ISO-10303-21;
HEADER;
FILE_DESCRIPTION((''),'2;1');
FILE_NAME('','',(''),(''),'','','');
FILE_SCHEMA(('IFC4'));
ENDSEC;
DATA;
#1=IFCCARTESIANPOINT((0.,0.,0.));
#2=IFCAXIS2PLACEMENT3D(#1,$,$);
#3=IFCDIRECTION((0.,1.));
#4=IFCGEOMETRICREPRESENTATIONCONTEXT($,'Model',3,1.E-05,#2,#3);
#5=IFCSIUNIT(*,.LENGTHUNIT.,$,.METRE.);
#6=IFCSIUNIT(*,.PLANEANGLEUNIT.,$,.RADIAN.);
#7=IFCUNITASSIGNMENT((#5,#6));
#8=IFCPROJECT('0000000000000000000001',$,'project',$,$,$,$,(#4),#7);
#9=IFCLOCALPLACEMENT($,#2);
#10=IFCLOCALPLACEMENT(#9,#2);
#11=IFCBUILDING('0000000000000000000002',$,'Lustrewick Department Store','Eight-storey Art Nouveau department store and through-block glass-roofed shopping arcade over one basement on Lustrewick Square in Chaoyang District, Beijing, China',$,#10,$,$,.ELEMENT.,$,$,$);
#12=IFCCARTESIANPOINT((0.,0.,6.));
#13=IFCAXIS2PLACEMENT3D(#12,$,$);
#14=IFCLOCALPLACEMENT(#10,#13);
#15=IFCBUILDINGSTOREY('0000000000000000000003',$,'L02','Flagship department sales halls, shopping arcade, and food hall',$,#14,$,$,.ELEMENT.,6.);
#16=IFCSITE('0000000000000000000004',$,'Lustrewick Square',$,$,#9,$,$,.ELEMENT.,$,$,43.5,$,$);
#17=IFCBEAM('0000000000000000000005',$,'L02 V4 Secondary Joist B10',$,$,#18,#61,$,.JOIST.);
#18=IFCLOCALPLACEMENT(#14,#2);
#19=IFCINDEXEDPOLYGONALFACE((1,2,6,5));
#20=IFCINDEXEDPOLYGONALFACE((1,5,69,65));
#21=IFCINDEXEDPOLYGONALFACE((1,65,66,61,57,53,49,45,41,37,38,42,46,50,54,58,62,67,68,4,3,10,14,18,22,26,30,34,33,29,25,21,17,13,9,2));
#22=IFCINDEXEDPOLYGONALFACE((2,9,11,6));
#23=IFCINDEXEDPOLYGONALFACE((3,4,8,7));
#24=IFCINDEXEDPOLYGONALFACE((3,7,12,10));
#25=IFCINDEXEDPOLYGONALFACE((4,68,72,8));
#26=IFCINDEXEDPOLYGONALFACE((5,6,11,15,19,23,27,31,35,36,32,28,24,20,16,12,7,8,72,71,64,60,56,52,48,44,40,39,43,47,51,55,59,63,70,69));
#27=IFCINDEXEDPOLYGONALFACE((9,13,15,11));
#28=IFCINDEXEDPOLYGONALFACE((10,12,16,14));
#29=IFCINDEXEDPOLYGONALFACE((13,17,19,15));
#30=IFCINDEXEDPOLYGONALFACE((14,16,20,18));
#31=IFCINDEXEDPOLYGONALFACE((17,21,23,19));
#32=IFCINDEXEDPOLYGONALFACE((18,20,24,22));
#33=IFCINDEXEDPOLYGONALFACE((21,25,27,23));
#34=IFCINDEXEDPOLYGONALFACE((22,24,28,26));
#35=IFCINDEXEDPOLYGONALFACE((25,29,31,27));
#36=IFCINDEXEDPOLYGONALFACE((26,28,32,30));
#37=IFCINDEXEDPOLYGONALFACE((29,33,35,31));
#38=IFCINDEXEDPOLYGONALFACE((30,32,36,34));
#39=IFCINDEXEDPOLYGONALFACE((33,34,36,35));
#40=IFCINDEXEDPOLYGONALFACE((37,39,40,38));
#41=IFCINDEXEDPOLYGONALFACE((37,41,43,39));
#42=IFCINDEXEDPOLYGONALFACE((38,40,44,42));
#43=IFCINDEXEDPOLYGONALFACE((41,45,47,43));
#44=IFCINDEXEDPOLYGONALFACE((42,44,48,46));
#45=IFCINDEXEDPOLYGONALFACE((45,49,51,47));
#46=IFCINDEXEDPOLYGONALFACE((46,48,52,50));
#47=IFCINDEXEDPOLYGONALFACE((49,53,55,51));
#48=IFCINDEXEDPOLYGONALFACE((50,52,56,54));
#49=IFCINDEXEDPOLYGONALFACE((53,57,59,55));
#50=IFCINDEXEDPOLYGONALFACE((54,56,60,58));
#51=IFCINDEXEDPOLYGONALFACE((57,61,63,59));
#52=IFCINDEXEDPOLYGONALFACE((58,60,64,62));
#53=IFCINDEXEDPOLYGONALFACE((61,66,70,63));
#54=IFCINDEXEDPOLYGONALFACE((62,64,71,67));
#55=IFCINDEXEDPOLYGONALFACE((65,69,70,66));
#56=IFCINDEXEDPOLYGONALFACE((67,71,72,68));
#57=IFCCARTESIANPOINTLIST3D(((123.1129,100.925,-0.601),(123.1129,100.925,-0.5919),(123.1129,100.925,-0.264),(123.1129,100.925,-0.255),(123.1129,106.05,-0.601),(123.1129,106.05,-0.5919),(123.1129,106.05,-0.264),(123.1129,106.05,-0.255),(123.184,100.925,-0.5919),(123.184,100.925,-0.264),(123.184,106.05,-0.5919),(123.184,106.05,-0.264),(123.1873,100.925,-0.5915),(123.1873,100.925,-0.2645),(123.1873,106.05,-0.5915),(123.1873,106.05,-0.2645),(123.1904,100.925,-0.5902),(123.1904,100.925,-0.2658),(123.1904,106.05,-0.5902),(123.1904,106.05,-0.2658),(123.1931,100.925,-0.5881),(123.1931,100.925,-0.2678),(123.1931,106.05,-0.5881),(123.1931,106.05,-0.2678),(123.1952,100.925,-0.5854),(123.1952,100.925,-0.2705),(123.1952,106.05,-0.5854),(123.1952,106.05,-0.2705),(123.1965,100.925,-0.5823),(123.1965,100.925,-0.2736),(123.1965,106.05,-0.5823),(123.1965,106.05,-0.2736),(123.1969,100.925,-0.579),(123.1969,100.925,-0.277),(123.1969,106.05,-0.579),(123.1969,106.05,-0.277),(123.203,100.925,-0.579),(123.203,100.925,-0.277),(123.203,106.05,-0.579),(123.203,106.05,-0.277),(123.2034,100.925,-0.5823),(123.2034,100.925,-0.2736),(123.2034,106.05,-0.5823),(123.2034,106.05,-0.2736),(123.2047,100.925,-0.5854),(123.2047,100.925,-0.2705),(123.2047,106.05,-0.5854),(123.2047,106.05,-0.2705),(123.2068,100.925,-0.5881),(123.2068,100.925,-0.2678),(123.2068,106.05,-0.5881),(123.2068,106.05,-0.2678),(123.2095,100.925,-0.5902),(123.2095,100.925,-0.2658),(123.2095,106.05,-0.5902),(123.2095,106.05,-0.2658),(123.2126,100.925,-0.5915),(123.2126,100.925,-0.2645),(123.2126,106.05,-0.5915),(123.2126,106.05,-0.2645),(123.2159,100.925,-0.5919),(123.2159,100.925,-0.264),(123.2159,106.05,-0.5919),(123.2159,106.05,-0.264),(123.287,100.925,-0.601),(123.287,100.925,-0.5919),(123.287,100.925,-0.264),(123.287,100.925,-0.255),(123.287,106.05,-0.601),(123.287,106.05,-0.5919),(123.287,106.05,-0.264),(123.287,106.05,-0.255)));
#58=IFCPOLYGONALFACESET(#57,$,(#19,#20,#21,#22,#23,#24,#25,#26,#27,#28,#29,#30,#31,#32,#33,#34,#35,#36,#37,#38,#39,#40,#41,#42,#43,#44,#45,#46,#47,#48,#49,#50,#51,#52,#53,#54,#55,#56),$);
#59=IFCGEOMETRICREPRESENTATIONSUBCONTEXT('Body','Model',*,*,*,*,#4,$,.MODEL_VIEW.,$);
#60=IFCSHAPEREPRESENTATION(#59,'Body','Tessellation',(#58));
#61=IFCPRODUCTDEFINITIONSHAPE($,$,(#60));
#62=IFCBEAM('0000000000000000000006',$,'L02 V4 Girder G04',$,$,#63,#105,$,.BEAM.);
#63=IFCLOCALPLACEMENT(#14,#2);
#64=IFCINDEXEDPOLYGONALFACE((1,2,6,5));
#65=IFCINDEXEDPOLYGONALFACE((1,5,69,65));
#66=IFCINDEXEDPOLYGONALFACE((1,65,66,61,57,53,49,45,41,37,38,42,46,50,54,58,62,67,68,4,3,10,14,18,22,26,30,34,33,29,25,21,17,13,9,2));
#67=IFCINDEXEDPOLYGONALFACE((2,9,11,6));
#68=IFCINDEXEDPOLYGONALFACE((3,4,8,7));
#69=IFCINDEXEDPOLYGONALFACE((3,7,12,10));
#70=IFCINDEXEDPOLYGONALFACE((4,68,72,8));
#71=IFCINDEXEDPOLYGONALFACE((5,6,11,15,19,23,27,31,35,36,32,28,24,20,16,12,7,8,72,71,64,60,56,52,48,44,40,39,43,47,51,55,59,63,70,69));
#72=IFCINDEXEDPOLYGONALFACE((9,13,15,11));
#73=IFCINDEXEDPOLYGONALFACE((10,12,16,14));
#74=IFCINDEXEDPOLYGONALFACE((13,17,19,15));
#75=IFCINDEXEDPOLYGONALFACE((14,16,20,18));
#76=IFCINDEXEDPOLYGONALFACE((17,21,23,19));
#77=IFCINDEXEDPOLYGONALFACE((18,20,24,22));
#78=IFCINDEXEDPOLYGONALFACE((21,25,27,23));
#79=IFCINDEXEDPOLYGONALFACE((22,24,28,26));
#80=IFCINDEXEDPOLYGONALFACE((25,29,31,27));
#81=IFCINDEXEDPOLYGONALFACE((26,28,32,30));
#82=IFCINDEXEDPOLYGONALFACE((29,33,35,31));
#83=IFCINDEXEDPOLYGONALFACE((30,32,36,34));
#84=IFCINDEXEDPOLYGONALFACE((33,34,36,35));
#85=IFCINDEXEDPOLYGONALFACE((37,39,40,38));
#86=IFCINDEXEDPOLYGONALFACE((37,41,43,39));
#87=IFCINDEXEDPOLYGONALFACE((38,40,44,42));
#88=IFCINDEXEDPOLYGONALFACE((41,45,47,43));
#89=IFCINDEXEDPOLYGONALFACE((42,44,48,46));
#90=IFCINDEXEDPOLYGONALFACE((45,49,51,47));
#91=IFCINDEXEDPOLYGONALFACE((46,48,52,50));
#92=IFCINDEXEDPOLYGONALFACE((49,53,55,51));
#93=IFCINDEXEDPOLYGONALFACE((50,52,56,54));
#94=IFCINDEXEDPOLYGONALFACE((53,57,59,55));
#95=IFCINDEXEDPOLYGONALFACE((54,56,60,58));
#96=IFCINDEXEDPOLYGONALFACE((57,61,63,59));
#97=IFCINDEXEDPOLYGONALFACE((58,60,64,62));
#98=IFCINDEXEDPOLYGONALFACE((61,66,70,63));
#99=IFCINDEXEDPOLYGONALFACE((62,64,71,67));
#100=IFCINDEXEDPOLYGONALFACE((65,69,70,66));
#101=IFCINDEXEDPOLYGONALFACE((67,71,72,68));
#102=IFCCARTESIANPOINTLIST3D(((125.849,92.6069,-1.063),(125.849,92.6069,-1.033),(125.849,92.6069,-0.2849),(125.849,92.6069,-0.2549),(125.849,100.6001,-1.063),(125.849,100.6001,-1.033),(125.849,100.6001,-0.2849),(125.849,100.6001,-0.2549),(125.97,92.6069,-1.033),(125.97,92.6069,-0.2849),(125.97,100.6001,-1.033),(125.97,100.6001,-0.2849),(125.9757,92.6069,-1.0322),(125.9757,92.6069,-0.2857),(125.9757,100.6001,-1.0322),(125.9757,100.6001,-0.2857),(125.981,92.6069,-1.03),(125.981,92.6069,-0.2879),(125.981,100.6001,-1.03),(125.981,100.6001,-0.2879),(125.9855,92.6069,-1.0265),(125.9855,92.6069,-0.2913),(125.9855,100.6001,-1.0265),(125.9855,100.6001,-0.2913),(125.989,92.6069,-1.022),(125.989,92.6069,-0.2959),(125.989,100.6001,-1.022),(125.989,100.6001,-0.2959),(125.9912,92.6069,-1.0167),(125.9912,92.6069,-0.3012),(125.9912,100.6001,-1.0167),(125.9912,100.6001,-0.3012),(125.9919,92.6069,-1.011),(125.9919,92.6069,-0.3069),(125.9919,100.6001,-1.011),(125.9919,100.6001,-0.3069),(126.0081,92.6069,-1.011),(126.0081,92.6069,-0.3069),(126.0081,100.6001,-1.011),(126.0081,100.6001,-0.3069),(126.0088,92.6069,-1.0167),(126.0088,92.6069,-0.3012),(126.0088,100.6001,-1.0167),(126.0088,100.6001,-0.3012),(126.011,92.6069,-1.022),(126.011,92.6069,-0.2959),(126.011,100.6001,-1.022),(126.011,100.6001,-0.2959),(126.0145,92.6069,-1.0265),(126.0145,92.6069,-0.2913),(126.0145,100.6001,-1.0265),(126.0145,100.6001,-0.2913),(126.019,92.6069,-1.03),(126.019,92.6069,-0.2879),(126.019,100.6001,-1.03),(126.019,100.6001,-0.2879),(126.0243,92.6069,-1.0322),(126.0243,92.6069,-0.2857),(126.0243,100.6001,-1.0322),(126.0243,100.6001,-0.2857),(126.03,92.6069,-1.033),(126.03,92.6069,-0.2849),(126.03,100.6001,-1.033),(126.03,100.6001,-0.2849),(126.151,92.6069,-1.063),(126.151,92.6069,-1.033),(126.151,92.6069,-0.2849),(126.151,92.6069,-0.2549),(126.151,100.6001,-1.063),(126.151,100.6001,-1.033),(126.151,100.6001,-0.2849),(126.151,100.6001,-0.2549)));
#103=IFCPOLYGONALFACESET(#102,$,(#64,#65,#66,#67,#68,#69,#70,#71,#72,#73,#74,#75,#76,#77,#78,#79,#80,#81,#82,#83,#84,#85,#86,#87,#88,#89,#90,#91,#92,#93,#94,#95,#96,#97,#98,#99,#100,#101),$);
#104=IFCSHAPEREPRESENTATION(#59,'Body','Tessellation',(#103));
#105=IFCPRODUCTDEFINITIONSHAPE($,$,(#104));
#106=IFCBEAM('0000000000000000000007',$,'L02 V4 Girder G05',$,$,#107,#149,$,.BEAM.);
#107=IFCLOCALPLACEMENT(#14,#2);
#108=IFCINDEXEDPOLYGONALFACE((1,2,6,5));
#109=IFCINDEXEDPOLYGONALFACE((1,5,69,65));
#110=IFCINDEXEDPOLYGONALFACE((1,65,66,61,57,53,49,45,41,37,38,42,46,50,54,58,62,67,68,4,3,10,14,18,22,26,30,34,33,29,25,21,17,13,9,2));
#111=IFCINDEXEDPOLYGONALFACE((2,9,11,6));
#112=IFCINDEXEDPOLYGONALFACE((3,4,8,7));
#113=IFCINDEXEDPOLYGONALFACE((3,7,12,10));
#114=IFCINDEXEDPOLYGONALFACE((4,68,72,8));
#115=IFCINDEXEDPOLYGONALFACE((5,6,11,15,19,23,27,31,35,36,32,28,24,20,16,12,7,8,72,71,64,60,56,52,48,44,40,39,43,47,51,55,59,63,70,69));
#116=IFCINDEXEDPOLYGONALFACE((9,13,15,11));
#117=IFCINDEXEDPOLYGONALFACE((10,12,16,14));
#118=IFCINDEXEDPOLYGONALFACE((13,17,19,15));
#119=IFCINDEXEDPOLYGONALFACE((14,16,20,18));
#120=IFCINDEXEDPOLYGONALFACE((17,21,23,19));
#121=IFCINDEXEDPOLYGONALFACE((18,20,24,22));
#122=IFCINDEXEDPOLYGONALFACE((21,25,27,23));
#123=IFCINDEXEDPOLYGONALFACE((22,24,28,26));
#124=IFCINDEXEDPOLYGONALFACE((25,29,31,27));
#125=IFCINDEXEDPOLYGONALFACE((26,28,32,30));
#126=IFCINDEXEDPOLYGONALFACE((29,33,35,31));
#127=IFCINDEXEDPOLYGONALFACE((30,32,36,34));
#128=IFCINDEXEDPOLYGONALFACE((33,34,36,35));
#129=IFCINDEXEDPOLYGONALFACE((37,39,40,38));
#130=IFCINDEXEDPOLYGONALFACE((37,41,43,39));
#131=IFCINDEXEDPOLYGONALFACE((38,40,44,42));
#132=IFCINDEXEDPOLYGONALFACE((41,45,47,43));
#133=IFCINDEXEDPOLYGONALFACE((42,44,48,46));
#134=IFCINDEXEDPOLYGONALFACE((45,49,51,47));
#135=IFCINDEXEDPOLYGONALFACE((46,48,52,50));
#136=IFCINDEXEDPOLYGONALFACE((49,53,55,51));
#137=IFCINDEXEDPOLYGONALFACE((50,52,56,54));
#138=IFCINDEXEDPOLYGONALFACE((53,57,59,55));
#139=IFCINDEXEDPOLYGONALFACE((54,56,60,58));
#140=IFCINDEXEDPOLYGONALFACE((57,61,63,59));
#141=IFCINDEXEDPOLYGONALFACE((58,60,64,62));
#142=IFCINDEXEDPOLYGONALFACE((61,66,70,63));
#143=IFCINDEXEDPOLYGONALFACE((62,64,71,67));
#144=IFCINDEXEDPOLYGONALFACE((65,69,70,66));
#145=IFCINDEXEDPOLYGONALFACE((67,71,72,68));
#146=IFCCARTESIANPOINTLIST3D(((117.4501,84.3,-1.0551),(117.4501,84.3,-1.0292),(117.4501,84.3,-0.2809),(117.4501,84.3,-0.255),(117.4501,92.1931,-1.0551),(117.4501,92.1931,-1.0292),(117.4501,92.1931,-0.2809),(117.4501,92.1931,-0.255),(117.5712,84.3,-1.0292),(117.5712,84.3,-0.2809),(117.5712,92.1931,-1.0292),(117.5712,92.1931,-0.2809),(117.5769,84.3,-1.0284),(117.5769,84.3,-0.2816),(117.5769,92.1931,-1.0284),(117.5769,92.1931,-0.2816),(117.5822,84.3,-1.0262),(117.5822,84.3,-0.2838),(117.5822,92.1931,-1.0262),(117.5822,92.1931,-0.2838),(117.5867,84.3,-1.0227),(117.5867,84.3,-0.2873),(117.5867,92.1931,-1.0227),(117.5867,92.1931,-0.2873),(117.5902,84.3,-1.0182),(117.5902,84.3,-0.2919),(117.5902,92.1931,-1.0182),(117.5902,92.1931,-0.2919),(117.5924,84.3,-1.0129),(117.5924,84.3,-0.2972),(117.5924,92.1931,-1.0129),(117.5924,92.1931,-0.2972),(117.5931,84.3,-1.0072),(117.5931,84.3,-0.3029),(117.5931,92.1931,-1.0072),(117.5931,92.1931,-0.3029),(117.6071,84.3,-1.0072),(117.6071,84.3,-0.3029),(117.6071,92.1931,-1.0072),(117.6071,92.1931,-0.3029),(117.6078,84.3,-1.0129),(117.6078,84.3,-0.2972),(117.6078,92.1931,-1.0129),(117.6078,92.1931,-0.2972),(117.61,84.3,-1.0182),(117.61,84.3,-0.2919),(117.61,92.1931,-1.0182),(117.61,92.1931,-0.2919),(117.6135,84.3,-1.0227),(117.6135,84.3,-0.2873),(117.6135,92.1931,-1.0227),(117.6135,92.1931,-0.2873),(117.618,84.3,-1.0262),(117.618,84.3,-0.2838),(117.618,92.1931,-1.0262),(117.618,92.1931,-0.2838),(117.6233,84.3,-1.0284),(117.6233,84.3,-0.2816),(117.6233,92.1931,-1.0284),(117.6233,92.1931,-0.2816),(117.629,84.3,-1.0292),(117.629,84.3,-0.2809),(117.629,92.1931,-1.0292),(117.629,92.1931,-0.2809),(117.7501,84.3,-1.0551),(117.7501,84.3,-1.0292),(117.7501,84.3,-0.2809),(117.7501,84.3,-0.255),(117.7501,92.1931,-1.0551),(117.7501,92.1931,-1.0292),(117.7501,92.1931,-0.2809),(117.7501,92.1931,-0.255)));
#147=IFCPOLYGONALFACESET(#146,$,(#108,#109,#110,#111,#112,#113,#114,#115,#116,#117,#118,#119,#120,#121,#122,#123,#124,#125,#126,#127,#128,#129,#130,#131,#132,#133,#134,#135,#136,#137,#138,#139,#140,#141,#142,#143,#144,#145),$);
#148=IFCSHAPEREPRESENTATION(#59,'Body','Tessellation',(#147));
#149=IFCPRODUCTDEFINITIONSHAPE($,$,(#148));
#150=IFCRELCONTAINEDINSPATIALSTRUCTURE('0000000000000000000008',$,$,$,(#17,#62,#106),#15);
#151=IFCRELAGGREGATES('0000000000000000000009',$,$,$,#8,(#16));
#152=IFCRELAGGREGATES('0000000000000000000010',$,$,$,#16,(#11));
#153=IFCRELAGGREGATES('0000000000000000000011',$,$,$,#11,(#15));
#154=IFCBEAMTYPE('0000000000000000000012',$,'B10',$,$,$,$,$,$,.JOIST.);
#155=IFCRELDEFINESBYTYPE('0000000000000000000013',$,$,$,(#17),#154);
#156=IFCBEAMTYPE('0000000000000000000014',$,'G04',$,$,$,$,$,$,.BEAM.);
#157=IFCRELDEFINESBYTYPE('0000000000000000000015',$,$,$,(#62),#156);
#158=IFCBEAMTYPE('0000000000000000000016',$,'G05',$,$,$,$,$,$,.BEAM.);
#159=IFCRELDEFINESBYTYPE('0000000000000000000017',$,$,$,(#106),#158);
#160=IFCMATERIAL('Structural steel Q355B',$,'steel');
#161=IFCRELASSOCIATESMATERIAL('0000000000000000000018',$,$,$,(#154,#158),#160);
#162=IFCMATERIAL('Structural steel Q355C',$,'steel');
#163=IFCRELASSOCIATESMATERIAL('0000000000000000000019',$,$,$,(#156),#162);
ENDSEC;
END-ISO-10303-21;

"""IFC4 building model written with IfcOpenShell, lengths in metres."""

from ifc_helpers import new_model, si_unit, direction, frame, origin, origin_2d, place, context, subcontext, project, spatial, i_section, extrude, material, material_profile, profile_set, type_object, element, save


model = new_model("IFC4")

# Units and contexts
model_context = context("Model", 3, precision=1e-05, world=origin(), true_north=direction((0.0, 1.0)))
body_context = subcontext(model_context, "Body", "Model", "MODEL_VIEW")
ifc_project = project(units=[si_unit("LENGTHUNIT", "METRE"), si_unit("PLANEANGLEUNIT", "RADIAN")], contexts=[model_context])

# Site, building, storey
site_placement = place(None, origin())
site = spatial("IfcSite", under=ifc_project, at=site_placement, Name="Lustrewick Square", CompositionType="ELEMENT", RefElevation=43.5)
building_placement = place(site_placement, origin())
building = spatial("IfcBuilding", under=site, at=building_placement, Name="Lustrewick Department Store", Description="Eight-storey Art Nouveau department store and through-block glass-roofed shopping arcade over one basement on Lustrewick Square in Chaoyang District, Beijing, China", CompositionType="ELEMENT")
storey_placement = place(building_placement, frame((0.0, 0.0, 6.0)))
storey = spatial("IfcBuildingStorey", under=building, at=storey_placement, Name="L02", Description="Flagship department sales halls, shopping arcade, and food hall", CompositionType="ELEMENT", Elevation=6.0)

# Shared definitions
ifc_material_1 = material(Name="Structural steel Q355B", Category="steel")

# Beams
ifc_material_profile_1 = material_profile(ifc_material_1, i_section(OverallWidth=0.1741, OverallDepth=0.3459, WebThickness=0.0061, FlangeThickness=0.009, FilletRadius=0.0129, at=origin_2d()), Name="HN 346x174x6x9")
ifc_profile_set_1 = profile_set([ifc_material_profile_1], Name="Structural steel Q355B")
beam_type_1 = type_object("IfcBeamType", Name="B10", PredefinedType="JOIST", material=ifc_profile_set_1)
beam_1_placement = place(storey_placement, frame((123.2, 100.925, -0.428), z_axis=(0.0, 1.0, 0.0), x_axis=(-1.0, 0.0, 0.0)))
element("IfcBeam", 1, at=beam_1_placement, inside=storey, type_object=beam_type_1, Name="L02 V4 Secondary Joist B10", PredefinedType="JOIST", context=body_context, shape_type="SweptSolid", body=[
    extrude(i_section(OverallWidth=0.1741, OverallDepth=0.3459, WebThickness=0.0061, FlangeThickness=0.009, FilletRadius=0.0129, at=origin_2d()), origin(), (0.0, 0.0, 1.0), 5.125),
])
ifc_material_2 = material(Name="Structural steel Q355C", Category="steel")
ifc_material_profile_2 = material_profile(ifc_material_2, i_section(OverallWidth=0.302, OverallDepth=0.8081, WebThickness=0.0161, FlangeThickness=0.03, FilletRadius=0.022, at=origin_2d()), Name="HN 808x302x16x30")
ifc_profile_set_2 = profile_set([ifc_material_profile_2], Name="Structural steel Q355C")
beam_type_2 = type_object("IfcBeamType", Name="G04", PredefinedType="BEAM", material=ifc_profile_set_2)
beam_2_placement = place(storey_placement, frame((126.0, 92.6069, -0.6589), z_axis=(0.0, 1.0, 0.0), x_axis=(-1.0, 0.0, 0.0)))
element("IfcBeam", 2, at=beam_2_placement, inside=storey, type_object=beam_type_2, Name="L02 V4 Girder G04", PredefinedType="BEAM", context=body_context, shape_type="SweptSolid", body=[
    extrude(i_section(OverallWidth=0.302, OverallDepth=0.8081, WebThickness=0.0161, FlangeThickness=0.03, FilletRadius=0.022, at=origin_2d()), origin(), (0.0, 0.0, 1.0), 7.9932),
])
ifc_material_profile_3 = material_profile(ifc_material_1, i_section(OverallWidth=0.3, OverallDepth=0.8, WebThickness=0.0139, FlangeThickness=0.0259, FilletRadius=0.022, at=origin_2d()), Name="HN 800x300x14x26")
ifc_profile_set_3 = profile_set([ifc_material_profile_3], Name="Structural steel Q355B")
beam_type_3 = type_object("IfcBeamType", Name="G05", PredefinedType="BEAM", material=ifc_profile_set_3)
beam_3_placement = place(storey_placement, frame((117.6001, 84.3, -0.655), z_axis=(0.0, 1.0, 0.0), x_axis=(-1.0, 0.0, 0.0)))
element("IfcBeam", 3, at=beam_3_placement, inside=storey, type_object=beam_type_3, Name="L02 V4 Girder G05", PredefinedType="BEAM", context=body_context, shape_type="SweptSolid", body=[
    extrude(i_section(OverallWidth=0.3, OverallDepth=0.8, WebThickness=0.0139, FlangeThickness=0.0259, FilletRadius=0.022, at=origin_2d()), origin(), (0.0, 0.0, 1.0), 7.8931),
])

save(model, "model.ifc")
